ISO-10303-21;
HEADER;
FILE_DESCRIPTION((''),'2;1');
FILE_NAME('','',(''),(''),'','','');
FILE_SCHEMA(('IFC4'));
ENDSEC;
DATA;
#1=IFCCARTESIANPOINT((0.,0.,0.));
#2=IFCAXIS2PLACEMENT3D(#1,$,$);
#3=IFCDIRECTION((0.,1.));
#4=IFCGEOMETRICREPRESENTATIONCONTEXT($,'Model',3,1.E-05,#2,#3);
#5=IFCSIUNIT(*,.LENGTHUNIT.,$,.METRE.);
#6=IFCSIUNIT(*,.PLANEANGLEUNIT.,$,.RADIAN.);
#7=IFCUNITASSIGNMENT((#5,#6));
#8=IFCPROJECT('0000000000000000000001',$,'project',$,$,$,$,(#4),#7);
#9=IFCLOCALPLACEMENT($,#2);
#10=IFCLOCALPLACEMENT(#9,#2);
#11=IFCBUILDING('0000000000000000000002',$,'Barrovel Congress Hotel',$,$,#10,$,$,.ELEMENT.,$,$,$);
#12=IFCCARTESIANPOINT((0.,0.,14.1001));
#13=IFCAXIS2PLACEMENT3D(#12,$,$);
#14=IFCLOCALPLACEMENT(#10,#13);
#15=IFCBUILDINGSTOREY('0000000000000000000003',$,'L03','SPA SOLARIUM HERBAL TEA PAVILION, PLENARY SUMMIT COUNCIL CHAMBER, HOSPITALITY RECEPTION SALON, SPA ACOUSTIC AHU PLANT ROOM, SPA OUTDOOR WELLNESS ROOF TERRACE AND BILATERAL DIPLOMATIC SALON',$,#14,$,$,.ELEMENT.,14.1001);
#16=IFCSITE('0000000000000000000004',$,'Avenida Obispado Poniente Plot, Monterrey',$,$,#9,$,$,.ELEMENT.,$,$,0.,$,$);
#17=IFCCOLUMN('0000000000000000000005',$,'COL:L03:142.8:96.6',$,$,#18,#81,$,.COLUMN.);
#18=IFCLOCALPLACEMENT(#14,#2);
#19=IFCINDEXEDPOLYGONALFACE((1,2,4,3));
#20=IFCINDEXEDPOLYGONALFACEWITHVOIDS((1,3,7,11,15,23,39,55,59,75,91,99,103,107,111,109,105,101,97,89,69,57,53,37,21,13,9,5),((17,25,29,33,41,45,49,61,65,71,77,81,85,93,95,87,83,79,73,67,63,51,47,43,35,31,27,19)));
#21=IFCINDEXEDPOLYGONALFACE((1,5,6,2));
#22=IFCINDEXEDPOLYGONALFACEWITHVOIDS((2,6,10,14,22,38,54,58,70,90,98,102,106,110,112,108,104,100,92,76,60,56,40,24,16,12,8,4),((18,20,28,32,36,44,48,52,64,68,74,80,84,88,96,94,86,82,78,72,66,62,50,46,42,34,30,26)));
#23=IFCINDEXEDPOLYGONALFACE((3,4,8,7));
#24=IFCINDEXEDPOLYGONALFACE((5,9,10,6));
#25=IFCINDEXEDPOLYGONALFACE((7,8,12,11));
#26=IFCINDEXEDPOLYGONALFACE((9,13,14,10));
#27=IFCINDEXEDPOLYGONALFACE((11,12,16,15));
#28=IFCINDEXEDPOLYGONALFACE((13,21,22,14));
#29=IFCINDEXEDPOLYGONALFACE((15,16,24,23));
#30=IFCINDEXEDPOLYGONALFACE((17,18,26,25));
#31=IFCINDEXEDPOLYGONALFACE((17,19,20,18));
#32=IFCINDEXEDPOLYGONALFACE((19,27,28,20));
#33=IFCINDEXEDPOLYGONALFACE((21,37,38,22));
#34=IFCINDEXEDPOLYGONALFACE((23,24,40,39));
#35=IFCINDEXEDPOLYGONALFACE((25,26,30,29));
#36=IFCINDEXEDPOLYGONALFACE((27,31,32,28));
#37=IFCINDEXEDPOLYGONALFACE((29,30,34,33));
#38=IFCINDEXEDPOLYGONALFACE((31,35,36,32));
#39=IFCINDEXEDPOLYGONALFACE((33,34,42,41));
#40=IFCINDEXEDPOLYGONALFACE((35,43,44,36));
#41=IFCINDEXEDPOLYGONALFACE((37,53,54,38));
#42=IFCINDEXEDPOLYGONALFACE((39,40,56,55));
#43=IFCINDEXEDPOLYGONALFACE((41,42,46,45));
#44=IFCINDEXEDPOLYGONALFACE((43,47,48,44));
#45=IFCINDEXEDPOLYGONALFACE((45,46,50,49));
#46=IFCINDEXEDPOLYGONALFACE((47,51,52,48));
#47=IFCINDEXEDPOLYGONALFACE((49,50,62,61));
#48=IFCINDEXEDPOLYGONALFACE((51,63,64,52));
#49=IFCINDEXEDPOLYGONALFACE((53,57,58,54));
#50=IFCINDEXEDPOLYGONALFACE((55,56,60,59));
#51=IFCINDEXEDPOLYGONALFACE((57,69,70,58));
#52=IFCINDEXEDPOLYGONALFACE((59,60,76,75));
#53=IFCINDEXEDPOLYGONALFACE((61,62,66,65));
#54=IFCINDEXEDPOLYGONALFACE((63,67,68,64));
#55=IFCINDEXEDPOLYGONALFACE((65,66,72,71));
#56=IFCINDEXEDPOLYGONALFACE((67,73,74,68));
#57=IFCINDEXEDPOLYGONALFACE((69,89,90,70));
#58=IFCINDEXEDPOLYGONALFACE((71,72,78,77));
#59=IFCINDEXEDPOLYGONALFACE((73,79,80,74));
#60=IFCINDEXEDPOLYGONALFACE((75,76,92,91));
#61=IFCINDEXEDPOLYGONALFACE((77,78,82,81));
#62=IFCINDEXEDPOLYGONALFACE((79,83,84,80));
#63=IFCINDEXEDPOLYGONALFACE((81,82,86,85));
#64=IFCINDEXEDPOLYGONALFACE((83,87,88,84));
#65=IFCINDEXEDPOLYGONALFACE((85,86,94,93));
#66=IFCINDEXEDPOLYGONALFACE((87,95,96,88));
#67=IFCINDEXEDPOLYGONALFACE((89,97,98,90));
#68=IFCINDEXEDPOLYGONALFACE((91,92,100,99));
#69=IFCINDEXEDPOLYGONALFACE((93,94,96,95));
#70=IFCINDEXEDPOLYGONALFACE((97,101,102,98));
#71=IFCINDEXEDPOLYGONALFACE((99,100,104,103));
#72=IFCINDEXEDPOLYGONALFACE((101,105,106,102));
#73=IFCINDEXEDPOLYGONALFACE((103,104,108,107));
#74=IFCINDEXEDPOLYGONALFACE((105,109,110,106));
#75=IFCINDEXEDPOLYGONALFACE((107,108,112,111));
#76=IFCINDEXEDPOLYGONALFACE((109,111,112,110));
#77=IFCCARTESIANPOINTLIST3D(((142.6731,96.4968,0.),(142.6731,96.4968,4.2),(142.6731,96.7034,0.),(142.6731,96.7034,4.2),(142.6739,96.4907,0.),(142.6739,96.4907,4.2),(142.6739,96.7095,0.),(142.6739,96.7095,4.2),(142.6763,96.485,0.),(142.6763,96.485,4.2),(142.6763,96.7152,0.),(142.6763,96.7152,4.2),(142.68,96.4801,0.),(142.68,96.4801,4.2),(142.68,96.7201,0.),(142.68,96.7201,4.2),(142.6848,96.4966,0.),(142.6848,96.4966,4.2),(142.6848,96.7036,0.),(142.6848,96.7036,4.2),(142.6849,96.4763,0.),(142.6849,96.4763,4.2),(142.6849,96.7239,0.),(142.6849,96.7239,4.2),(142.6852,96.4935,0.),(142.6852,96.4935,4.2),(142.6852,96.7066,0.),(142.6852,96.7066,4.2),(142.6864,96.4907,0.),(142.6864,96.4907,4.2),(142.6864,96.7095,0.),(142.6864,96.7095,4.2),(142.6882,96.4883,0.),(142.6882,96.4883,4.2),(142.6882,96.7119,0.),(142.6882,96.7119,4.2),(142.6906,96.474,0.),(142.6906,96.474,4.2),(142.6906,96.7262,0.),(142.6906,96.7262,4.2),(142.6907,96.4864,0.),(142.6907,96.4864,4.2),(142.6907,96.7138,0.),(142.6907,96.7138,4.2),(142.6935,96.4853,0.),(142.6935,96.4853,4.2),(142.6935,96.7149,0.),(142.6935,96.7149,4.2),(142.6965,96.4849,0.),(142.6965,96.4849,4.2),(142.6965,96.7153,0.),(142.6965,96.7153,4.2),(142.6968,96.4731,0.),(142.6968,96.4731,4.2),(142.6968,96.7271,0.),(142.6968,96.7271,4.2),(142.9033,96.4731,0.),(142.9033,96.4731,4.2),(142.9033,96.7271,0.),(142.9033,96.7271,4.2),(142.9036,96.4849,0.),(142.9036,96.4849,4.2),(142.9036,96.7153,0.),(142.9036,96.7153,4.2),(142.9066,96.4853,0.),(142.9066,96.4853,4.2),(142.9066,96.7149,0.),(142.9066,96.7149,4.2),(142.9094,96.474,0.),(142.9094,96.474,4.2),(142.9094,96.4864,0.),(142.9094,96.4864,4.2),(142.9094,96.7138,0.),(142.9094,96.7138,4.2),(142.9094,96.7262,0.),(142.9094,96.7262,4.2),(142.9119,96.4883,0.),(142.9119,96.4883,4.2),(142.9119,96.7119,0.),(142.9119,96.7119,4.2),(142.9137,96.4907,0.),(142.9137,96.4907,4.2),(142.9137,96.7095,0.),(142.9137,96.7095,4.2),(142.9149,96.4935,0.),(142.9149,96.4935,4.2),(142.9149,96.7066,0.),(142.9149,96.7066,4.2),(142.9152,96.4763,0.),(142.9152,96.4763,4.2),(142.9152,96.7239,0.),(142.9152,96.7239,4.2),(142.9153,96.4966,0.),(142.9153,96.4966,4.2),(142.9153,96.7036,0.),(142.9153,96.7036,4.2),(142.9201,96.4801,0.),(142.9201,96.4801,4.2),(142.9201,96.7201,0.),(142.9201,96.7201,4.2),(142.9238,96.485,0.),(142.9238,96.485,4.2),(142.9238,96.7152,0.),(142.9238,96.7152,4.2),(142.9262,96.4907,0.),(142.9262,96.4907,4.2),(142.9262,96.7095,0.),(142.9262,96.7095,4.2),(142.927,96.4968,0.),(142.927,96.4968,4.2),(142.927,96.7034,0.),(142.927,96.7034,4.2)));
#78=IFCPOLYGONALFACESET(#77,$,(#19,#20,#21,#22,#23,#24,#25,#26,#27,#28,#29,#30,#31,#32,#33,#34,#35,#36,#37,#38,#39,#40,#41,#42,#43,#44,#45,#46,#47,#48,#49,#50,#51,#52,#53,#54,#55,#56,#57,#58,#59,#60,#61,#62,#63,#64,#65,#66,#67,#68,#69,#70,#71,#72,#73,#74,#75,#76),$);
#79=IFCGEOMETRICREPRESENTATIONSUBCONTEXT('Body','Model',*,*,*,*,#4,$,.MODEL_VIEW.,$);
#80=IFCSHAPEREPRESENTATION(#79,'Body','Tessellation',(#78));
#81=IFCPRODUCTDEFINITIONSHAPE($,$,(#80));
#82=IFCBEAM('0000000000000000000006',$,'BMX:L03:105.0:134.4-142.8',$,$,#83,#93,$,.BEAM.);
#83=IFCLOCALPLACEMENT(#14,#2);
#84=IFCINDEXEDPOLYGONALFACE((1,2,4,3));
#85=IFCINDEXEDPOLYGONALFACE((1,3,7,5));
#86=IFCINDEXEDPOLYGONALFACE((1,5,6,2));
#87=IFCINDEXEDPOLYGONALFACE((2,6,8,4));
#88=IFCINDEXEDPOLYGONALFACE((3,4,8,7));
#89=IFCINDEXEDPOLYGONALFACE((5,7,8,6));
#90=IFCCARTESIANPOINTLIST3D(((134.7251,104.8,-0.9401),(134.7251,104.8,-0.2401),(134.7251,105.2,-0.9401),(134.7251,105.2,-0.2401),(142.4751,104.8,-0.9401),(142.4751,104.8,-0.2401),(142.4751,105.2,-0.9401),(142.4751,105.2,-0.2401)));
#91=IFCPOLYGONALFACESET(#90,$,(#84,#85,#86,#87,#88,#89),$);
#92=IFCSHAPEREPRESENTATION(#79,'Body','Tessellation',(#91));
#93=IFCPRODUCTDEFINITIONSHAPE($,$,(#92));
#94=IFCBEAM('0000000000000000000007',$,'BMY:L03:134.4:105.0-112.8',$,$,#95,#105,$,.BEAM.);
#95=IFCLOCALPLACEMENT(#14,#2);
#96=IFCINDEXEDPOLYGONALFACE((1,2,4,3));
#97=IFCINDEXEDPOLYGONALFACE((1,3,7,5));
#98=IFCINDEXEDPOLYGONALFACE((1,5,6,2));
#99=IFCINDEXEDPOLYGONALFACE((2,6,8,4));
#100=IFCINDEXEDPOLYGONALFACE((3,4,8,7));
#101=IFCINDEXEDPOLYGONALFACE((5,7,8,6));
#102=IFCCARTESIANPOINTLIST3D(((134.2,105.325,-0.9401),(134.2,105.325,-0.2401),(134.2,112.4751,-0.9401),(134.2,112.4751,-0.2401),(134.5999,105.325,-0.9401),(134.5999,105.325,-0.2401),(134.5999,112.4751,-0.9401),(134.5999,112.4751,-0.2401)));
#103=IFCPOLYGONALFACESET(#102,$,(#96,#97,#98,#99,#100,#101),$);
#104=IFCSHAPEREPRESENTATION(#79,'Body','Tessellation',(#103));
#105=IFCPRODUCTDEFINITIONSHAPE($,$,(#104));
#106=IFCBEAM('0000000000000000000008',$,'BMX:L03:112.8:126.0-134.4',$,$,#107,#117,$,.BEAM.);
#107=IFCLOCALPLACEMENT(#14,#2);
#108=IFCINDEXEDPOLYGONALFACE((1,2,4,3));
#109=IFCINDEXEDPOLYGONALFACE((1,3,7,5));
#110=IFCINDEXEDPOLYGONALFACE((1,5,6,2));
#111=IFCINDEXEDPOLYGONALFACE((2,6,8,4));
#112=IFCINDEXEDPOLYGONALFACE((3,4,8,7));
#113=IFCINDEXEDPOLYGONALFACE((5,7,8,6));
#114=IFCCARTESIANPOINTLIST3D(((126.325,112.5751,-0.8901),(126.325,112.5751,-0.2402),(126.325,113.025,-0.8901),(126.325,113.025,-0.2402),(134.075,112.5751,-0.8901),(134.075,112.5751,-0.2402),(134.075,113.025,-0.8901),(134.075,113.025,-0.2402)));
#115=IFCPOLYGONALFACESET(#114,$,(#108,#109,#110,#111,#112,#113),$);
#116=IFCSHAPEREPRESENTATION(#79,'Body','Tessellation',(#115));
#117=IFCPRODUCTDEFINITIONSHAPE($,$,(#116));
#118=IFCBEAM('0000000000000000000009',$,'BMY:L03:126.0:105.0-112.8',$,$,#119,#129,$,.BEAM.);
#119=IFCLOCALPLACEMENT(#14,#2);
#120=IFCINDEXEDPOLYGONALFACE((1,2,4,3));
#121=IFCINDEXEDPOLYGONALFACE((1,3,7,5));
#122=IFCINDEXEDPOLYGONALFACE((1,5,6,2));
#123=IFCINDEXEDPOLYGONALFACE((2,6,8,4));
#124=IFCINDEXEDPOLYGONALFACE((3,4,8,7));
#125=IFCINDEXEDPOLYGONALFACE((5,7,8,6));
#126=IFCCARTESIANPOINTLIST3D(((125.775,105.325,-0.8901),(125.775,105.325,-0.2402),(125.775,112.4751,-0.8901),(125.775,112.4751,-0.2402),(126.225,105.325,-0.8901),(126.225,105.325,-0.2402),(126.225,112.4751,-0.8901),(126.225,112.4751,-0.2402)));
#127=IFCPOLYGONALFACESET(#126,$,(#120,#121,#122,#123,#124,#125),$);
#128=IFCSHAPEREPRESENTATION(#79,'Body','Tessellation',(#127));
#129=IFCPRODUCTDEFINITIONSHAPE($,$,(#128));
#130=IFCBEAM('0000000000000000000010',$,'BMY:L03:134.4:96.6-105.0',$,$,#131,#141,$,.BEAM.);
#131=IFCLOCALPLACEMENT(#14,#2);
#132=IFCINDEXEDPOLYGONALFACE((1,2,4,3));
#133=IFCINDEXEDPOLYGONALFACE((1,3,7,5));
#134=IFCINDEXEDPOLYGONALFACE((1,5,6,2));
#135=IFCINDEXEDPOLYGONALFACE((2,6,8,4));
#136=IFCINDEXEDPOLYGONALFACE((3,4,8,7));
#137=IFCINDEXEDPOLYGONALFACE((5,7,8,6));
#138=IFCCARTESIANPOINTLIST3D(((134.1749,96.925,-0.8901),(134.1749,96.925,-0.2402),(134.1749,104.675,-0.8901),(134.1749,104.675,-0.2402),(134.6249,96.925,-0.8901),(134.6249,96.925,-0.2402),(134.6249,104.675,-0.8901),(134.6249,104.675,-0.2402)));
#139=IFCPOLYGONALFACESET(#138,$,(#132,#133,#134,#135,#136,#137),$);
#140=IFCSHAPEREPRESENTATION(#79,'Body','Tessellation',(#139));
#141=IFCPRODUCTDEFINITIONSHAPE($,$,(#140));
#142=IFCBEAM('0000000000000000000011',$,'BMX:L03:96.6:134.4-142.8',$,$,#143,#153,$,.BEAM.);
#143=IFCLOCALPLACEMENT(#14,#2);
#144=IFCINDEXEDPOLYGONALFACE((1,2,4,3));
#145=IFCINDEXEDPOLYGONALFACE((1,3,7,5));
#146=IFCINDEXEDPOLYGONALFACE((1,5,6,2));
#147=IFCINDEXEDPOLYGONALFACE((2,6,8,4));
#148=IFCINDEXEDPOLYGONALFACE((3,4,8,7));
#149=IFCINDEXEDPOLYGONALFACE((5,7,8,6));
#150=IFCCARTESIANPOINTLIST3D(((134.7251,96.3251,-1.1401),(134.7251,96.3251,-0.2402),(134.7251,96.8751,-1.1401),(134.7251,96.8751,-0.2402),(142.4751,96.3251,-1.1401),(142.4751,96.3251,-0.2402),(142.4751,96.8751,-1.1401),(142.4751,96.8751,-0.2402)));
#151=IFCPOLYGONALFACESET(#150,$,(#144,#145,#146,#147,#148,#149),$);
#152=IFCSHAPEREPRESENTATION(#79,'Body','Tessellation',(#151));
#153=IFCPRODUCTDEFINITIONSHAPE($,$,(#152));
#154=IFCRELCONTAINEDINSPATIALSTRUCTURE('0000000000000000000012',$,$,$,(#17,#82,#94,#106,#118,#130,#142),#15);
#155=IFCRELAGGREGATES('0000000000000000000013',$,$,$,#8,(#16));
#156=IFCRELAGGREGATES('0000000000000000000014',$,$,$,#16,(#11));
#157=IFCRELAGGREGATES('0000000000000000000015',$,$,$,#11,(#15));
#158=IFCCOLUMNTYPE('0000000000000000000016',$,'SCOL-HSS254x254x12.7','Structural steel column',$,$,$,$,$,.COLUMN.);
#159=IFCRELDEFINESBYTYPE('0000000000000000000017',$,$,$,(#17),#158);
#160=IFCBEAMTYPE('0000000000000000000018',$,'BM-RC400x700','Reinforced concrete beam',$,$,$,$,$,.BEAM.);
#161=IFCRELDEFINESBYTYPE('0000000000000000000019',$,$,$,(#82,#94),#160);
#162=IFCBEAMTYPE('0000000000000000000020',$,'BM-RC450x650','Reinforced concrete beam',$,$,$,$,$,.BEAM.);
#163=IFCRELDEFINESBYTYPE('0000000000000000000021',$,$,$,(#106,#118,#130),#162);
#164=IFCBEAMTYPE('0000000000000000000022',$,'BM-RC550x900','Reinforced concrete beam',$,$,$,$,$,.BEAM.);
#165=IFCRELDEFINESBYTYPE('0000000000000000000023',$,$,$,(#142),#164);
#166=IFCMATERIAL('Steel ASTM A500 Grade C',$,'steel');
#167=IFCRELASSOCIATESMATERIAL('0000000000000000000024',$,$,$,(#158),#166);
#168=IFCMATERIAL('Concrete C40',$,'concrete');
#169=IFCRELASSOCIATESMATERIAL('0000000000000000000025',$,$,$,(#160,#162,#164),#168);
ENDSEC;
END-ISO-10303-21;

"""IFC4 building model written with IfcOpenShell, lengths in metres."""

from ifc_helpers import new_model, si_unit, direction, frame, origin, origin_2d, place, context, subcontext, project, spatial, rectangle, hollow_rectangle, extrude, material, material_profile, profile_set, type_object, element, save


model = new_model("IFC4")

# Units and contexts
model_context = context("Model", 3, precision=1e-05, world=origin(), true_north=direction((0.0, 1.0)))
body_context = subcontext(model_context, "Body", "Model", "MODEL_VIEW")
ifc_project = project(units=[si_unit("LENGTHUNIT", "METRE"), si_unit("PLANEANGLEUNIT", "RADIAN")], contexts=[model_context])

# Site, building, storey
site_placement = place(None, origin())
site = spatial("IfcSite", under=ifc_project, at=site_placement, Name="Avenida Obispado Poniente Plot, Monterrey", CompositionType="ELEMENT", RefElevation=0.0)
building_placement = place(site_placement, origin())
building = spatial("IfcBuilding", under=site, at=building_placement, Name="Barrovel Congress Hotel", CompositionType="ELEMENT")
storey_placement = place(building_placement, frame((0.0, 0.0, 14.1001)))
storey = spatial("IfcBuildingStorey", under=building, at=storey_placement, Name="L03", Description="SPA SOLARIUM HERBAL TEA PAVILION, PLENARY SUMMIT COUNCIL CHAMBER, HOSPITALITY RECEPTION SALON, SPA ACOUSTIC AHU PLANT ROOM, SPA OUTDOOR WELLNESS ROOF TERRACE AND BILATERAL DIPLOMATIC SALON", CompositionType="ELEMENT", Elevation=14.1001)

# Column
ifc_material_1 = material(Name="Steel ASTM A500 Grade C", Category="steel")
ifc_material_profile_1 = material_profile(ifc_material_1, hollow_rectangle(XDim=0.2539, YDim=0.2539, WallThickness=0.0117, InnerFilletRadius=0.0117, OuterFilletRadius=0.0237, at=origin_2d()), Name="HSS254x254x12.7")
ifc_profile_set_1 = profile_set([ifc_material_profile_1], Name="Steel ASTM A500 Grade C")
column_type = type_object("IfcColumnType", Name="SCOL-HSS254x254x12.7", Description="Structural steel column", PredefinedType="COLUMN", material=ifc_profile_set_1)
column_placement = place(storey_placement, frame((142.8, 96.6001, 0.0), z_axis=(0.0, 0.0, 1.0), x_axis=(1.0, 0.0, 0.0)))
element("IfcColumn", 1, at=column_placement, inside=storey, type_object=column_type, Name="COL:L03:142.8:96.6", PredefinedType="COLUMN", context=body_context, shape_type="SweptSolid", body=[
    extrude(hollow_rectangle(XDim=0.2539, YDim=0.2539, WallThickness=0.0117, InnerFilletRadius=0.0117, OuterFilletRadius=0.0237, at=origin_2d()), origin(), (0.0, 0.0, 1.0), 4.2),
])

# Beams
ifc_material_2 = material(Name="Concrete C40", Category="concrete")
ifc_material_profile_2 = material_profile(ifc_material_2, rectangle(XDim=0.3999, YDim=0.7, at=origin_2d()), Name="RC400x700")
ifc_profile_set_2 = profile_set([ifc_material_profile_2], Name="Concrete C40")
beam_type_1 = type_object("IfcBeamType", Name="BM-RC400x700", Description="Reinforced concrete beam", PredefinedType="BEAM", material=ifc_profile_set_2)
beam_1_placement = place(storey_placement, frame((134.7251, 105.0, -0.5901), z_axis=(1.0, 0.0, 0.0), x_axis=(0.0, 1.0, 0.0)))
element("IfcBeam", 2, at=beam_1_placement, inside=storey, type_object=beam_type_1, Name="BMX:L03:105.0:134.4-142.8", PredefinedType="BEAM", context=body_context, shape_type="SweptSolid", body=[
    extrude(rectangle(XDim=0.3999, YDim=0.7, at=origin_2d()), origin(), (0.0, 0.0, 1.0), 7.75),
])
beam_2_placement = place(storey_placement, frame((134.3999, 105.325, -0.5901), z_axis=(0.0, 1.0, 0.0), x_axis=(-1.0, 0.0, 0.0)))
element("IfcBeam", 3, at=beam_2_placement, inside=storey, type_object=beam_type_1, Name="BMY:L03:134.4:105.0-112.8", PredefinedType="BEAM", context=body_context, shape_type="SweptSolid", body=[
    extrude(rectangle(XDim=0.3999, YDim=0.7, at=origin_2d()), origin(), (0.0, 0.0, 1.0), 7.1501),
])
ifc_material_profile_3 = material_profile(ifc_material_2, rectangle(XDim=0.45, YDim=0.6499, at=origin_2d()), Name="RC450x650")
ifc_profile_set_3 = profile_set([ifc_material_profile_3], Name="Concrete C40")
beam_type_2 = type_object("IfcBeamType", Name="BM-RC450x650", Description="Reinforced concrete beam", PredefinedType="BEAM", material=ifc_profile_set_3)
beam_3_placement = place(storey_placement, frame((126.325, 112.8, -0.5652), z_axis=(1.0, 0.0, 0.0), x_axis=(0.0, 1.0, 0.0)))
element("IfcBeam", 4, at=beam_3_placement, inside=storey, type_object=beam_type_2, Name="BMX:L03:112.8:126.0-134.4", PredefinedType="BEAM", context=body_context, shape_type="SweptSolid", body=[
    extrude(rectangle(XDim=0.45, YDim=0.6499, at=origin_2d()), origin(), (0.0, 0.0, 1.0), 7.75),
])
beam_4_placement = place(storey_placement, frame((126.0, 105.325, -0.5652), z_axis=(0.0, 1.0, 0.0), x_axis=(-1.0, 0.0, 0.0)))
element("IfcBeam", 5, at=beam_4_placement, inside=storey, type_object=beam_type_2, Name="BMY:L03:126.0:105.0-112.8", PredefinedType="BEAM", context=body_context, shape_type="SweptSolid", body=[
    extrude(rectangle(XDim=0.45, YDim=0.6499, at=origin_2d()), origin(), (0.0, 0.0, 1.0), 7.1501),
])
beam_5_placement = place(storey_placement, frame((134.3999, 96.925, -0.5652), z_axis=(0.0, 1.0, 0.0), x_axis=(-1.0, 0.0, 0.0)))
element("IfcBeam", 6, at=beam_5_placement, inside=storey, type_object=beam_type_2, Name="BMY:L03:134.4:96.6-105.0", PredefinedType="BEAM", context=body_context, shape_type="SweptSolid", body=[
    extrude(rectangle(XDim=0.45, YDim=0.6499, at=origin_2d()), origin(), (0.0, 0.0, 1.0), 7.75),
])
ifc_material_profile_4 = material_profile(ifc_material_2, rectangle(XDim=0.55, YDim=0.8999, at=origin_2d()), Name="RC550x900")
ifc_profile_set_4 = profile_set([ifc_material_profile_4], Name="Concrete C40")
beam_type_3 = type_object("IfcBeamType", Name="BM-RC550x900", Description="Reinforced concrete beam", PredefinedType="BEAM", material=ifc_profile_set_4)
beam_6_placement = place(storey_placement, frame((134.7251, 96.6001, -0.6902), z_axis=(1.0, 0.0, 0.0), x_axis=(0.0, 1.0, 0.0)))
element("IfcBeam", 7, at=beam_6_placement, inside=storey, type_object=beam_type_3, Name="BMX:L03:96.6:134.4-142.8", PredefinedType="BEAM", context=body_context, shape_type="SweptSolid", body=[
    extrude(rectangle(XDim=0.55, YDim=0.8999, at=origin_2d()), origin(), (0.0, 0.0, 1.0), 7.75),
])

save(model, "model.ifc")
